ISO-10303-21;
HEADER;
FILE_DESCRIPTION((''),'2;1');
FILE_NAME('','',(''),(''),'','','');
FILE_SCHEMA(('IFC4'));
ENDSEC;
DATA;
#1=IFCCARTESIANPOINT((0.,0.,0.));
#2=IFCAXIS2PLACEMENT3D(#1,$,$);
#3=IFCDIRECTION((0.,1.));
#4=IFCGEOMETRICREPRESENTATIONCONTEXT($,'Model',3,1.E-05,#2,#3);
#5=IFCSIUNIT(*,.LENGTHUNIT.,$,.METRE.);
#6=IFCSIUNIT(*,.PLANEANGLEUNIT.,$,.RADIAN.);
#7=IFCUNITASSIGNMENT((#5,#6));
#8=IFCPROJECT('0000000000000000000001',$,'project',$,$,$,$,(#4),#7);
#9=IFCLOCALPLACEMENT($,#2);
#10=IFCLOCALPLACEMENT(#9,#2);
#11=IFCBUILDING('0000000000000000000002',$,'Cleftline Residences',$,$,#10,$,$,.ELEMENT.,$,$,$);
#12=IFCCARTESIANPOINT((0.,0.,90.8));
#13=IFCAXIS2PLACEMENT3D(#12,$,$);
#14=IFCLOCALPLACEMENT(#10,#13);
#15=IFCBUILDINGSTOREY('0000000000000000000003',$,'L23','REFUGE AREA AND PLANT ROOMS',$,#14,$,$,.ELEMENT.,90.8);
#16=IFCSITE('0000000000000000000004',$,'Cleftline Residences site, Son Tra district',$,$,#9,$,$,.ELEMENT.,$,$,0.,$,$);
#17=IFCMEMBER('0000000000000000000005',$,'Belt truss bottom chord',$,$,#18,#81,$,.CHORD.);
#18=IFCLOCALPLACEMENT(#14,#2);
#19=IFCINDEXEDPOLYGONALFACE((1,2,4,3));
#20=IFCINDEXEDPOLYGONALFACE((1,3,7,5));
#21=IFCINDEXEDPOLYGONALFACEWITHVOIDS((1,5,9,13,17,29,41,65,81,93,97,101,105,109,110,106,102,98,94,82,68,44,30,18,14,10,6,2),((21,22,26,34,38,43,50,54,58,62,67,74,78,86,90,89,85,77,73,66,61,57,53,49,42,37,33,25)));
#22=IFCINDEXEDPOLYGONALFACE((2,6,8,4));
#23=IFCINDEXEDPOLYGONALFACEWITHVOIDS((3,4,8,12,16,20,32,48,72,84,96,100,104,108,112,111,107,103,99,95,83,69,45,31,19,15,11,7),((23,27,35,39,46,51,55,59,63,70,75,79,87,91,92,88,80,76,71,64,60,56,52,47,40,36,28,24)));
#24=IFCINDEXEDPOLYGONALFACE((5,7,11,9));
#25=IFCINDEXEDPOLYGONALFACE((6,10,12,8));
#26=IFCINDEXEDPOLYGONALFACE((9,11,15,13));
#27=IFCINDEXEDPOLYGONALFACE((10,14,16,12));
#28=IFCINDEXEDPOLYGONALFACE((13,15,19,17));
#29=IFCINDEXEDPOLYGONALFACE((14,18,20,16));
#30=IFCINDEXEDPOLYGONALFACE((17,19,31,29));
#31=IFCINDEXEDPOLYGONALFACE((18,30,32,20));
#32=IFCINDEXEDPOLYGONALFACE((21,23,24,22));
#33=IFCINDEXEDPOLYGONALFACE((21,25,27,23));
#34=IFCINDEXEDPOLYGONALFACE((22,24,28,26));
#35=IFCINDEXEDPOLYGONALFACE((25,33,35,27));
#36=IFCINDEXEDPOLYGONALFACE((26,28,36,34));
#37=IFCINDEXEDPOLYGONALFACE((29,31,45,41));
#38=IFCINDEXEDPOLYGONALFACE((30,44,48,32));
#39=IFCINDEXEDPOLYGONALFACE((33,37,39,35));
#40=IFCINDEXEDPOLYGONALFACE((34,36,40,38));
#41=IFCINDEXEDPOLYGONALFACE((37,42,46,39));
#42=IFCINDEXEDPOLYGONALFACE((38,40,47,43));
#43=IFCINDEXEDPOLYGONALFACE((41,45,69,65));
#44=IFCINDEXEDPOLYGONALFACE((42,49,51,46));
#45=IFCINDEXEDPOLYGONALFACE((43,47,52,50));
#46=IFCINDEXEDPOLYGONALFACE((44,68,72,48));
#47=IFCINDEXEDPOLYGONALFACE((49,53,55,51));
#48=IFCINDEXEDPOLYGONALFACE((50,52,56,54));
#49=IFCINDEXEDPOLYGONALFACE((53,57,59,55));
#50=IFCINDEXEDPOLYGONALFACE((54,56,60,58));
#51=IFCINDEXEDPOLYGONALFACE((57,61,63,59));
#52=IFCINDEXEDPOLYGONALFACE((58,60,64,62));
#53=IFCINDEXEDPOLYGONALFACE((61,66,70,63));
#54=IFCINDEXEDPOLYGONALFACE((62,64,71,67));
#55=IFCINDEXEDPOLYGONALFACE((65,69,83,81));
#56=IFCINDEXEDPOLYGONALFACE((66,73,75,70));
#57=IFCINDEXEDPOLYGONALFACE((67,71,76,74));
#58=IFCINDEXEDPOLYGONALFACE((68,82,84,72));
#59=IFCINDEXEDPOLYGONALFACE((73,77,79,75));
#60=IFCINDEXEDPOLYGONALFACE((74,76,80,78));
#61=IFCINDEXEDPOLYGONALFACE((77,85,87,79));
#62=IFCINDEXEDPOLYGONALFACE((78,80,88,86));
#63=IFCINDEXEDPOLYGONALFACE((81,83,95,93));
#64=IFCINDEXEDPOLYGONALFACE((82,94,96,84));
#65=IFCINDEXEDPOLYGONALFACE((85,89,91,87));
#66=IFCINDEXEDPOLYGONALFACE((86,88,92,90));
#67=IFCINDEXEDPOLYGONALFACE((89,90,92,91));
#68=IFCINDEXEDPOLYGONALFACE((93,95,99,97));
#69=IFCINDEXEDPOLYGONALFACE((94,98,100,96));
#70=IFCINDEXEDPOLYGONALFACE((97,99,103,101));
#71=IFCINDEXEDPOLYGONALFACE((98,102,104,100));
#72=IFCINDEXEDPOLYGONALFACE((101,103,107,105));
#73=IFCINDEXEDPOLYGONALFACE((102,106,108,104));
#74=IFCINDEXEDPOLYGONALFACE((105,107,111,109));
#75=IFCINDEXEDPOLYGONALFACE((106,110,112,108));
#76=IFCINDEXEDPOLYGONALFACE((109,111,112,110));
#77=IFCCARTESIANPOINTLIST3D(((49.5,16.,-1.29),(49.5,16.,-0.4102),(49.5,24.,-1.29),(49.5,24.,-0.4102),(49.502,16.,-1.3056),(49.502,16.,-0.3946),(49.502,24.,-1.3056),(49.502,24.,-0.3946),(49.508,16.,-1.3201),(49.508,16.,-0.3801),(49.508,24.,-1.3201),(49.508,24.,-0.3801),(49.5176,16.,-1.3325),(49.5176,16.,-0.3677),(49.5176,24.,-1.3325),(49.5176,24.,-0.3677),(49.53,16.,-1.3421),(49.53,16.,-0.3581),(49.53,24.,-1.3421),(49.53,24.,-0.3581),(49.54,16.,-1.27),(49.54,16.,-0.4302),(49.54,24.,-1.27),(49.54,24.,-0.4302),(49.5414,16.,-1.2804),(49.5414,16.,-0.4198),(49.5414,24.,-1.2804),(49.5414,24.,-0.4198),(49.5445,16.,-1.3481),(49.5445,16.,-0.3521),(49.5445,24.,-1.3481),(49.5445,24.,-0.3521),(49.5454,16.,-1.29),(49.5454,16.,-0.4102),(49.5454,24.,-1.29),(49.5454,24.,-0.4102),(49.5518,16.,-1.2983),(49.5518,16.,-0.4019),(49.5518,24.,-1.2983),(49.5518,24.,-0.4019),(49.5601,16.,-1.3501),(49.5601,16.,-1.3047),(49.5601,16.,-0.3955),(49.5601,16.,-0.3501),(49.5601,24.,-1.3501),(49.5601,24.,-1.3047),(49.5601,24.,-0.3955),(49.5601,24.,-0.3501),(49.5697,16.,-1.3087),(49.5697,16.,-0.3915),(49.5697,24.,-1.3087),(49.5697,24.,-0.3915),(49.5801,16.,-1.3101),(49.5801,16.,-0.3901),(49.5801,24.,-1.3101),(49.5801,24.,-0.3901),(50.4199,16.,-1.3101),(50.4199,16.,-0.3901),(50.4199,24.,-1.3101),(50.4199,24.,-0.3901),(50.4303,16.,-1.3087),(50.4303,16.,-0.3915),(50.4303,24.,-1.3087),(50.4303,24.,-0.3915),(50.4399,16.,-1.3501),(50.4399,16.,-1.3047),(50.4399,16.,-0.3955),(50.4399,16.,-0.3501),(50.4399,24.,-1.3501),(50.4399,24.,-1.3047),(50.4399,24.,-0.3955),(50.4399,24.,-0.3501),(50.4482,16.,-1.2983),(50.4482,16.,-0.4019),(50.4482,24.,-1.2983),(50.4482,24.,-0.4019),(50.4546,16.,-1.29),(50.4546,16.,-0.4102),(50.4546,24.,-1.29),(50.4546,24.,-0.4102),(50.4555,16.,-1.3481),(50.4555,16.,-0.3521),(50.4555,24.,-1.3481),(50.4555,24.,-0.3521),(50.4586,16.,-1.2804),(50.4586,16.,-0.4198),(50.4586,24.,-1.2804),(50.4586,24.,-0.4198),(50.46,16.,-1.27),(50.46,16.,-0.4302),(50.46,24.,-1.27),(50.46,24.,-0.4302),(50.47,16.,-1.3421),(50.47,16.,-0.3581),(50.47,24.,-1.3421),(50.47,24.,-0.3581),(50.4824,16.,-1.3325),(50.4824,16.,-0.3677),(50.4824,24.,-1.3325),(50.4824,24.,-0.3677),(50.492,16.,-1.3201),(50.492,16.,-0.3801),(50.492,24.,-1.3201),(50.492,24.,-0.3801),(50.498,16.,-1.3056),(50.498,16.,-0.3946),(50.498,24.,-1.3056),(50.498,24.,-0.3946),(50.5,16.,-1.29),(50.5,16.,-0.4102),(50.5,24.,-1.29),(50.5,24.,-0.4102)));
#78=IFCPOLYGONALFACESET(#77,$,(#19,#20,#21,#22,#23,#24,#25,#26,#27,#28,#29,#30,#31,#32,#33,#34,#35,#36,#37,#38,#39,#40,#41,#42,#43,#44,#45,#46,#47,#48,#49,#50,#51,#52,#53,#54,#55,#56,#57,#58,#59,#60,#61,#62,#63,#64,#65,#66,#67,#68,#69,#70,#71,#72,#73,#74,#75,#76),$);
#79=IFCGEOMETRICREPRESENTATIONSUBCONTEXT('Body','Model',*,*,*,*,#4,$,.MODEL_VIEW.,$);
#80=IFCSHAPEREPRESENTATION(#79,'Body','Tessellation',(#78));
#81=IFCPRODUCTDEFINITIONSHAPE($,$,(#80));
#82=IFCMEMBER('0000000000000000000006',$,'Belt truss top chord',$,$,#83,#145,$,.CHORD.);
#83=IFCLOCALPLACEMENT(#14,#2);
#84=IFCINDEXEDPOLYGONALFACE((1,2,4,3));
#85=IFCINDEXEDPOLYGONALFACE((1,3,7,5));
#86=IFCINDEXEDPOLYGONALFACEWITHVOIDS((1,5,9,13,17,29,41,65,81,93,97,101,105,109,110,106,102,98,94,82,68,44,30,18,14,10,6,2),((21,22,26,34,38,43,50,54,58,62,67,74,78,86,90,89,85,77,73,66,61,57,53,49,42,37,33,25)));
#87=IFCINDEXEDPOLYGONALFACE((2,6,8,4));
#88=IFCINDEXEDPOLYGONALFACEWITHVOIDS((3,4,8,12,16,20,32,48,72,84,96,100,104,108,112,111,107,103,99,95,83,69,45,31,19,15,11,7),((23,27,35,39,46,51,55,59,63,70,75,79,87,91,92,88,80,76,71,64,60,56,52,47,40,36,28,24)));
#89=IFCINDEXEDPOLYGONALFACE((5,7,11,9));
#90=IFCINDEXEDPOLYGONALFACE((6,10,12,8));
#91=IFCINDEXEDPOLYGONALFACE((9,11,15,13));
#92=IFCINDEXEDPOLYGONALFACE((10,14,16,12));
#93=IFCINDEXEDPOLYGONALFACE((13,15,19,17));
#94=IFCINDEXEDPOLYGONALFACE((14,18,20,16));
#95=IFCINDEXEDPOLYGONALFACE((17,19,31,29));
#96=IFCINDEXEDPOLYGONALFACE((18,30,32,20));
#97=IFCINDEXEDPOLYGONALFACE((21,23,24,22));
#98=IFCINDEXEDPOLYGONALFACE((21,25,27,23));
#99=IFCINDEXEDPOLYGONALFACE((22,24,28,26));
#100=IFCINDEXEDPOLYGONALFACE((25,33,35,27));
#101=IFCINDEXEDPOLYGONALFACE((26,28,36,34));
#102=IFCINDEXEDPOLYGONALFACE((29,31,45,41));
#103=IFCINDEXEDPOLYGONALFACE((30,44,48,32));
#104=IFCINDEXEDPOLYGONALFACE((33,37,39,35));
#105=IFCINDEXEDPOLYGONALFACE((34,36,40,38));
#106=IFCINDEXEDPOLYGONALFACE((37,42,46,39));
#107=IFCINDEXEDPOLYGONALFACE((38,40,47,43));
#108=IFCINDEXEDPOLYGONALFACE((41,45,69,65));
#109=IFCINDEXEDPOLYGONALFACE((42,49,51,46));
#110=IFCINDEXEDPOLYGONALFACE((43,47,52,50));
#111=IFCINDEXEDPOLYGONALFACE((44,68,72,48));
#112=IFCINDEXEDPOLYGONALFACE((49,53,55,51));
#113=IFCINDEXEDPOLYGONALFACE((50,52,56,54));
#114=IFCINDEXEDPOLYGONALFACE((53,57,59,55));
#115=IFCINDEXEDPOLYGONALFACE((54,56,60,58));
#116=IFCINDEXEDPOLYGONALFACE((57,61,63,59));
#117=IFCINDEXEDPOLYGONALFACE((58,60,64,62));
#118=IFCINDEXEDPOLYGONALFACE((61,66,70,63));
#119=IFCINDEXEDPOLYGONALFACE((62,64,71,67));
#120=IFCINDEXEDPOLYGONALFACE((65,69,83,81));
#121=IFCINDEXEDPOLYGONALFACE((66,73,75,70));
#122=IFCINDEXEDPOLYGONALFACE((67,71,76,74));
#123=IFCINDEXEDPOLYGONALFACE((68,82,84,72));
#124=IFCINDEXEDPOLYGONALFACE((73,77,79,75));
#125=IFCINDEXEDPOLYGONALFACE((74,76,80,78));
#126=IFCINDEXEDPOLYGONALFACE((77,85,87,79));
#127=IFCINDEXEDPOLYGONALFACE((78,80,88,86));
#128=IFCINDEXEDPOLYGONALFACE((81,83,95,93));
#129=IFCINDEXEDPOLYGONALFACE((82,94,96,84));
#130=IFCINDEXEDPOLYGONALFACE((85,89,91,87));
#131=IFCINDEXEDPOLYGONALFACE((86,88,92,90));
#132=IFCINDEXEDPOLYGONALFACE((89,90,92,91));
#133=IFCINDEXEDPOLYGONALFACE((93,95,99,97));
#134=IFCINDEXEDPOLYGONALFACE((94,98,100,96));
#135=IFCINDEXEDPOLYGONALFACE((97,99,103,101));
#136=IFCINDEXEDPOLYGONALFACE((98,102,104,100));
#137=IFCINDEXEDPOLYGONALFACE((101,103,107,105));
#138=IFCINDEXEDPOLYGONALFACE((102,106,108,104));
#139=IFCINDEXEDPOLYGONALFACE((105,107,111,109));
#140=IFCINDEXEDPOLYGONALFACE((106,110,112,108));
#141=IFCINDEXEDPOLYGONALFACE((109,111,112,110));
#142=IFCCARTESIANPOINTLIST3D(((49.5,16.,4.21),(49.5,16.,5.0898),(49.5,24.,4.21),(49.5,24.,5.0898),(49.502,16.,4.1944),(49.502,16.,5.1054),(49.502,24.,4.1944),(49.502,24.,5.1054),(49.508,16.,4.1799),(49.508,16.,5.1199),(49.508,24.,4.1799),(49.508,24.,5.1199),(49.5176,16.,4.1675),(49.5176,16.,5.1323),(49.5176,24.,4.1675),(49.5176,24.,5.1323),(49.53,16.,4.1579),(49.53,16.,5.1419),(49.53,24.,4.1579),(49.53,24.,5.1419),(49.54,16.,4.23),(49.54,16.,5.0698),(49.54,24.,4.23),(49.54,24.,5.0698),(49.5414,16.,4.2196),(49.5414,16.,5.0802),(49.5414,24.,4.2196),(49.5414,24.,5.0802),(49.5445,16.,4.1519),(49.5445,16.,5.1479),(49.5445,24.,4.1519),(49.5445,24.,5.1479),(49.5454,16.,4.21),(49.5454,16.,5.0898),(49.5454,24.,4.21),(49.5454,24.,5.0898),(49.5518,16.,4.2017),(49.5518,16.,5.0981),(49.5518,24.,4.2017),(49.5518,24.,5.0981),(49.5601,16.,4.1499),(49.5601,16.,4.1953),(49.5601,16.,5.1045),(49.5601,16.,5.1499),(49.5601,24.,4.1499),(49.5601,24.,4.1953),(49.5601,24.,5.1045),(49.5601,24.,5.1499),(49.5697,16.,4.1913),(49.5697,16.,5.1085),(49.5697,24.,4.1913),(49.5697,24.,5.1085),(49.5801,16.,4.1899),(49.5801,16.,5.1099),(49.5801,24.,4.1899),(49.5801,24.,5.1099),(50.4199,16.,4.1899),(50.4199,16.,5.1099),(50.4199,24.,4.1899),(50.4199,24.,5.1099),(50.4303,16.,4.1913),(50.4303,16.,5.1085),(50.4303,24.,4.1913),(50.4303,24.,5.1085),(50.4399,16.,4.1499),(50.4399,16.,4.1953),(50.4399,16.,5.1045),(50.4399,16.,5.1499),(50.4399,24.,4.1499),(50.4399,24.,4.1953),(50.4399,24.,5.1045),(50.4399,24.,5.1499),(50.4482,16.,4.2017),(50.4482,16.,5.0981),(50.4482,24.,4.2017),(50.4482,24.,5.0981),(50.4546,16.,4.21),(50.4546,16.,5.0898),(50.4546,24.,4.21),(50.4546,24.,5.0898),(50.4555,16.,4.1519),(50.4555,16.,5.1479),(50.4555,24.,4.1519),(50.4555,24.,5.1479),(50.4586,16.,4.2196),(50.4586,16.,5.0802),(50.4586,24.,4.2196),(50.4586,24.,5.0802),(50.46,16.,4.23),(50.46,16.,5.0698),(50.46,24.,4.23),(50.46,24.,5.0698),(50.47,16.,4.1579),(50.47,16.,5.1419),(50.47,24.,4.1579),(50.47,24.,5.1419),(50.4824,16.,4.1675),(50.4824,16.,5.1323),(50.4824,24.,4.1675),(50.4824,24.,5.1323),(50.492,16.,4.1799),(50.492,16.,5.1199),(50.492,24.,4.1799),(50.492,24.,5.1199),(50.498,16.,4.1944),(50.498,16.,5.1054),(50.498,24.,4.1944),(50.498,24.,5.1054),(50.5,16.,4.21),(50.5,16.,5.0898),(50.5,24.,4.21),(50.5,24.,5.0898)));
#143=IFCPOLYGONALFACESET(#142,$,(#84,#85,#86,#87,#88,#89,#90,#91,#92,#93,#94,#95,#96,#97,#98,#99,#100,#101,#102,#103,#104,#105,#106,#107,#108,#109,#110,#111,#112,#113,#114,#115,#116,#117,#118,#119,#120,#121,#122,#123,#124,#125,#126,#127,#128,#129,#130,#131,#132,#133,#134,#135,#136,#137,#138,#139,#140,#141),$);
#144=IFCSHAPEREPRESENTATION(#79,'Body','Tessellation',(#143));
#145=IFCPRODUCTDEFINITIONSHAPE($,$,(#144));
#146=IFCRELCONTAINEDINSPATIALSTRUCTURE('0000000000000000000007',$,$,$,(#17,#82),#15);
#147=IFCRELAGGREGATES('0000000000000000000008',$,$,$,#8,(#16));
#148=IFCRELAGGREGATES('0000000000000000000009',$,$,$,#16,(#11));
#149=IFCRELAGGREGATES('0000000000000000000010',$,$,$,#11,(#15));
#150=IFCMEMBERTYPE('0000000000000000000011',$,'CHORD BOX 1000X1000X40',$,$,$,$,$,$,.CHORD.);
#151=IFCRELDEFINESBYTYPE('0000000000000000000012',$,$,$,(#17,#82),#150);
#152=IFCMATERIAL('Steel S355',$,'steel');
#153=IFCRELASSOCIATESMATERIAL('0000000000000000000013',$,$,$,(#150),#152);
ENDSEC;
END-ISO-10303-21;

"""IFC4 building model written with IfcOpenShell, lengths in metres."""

from ifc_helpers import new_model, si_unit, direction, frame, origin, origin_2d, place, context, subcontext, project, spatial, hollow_rectangle, extrude, material, material_profile, profile_set, type_object, element, save


model = new_model("IFC4")

# Units and contexts
model_context = context("Model", 3, precision=1e-05, world=origin(), true_north=direction((0.0, 1.0)))
body_context = subcontext(model_context, "Body", "Model", "MODEL_VIEW")
ifc_project = project(units=[si_unit("LENGTHUNIT", "METRE"), si_unit("PLANEANGLEUNIT", "RADIAN")], contexts=[model_context])

# Site, building, storey
site_placement = place(None, origin())
site = spatial("IfcSite", under=ifc_project, at=site_placement, Name="Cleftline Residences site, Son Tra district", CompositionType="ELEMENT", RefElevation=0.0)
building_placement = place(site_placement, origin())
building = spatial("IfcBuilding", under=site, at=building_placement, Name="Cleftline Residences", CompositionType="ELEMENT")
storey_placement = place(building_placement, frame((0.0, 0.0, 90.8)))
storey = spatial("IfcBuildingStorey", under=building, at=storey_placement, Name="L23", Description="REFUGE AREA AND PLANT ROOMS", CompositionType="ELEMENT", Elevation=90.8)

# Members
ifc_material_1 = material(Name="Steel S355", Category="steel")
ifc_material_profile_1 = material_profile(ifc_material_1, hollow_rectangle(XDim=1.0, YDim=1.0, WallThickness=0.04, InnerFilletRadius=0.04, OuterFilletRadius=0.0601, at=origin_2d()))
ifc_profile_set_1 = profile_set([ifc_material_profile_1], Name="Steel S355")
member_type_1 = type_object("IfcMemberType", Name="CHORD BOX 1000X1000X40", PredefinedType="CHORD", material=ifc_profile_set_1)
for number, where, z_axis, x_axis, name in (
    (1, (50.0, 16.0, -0.8501), (0.0, 1.0, 0.0), (-1.0, 0.0, 0.0), "Belt truss bottom chord"),
    (2, (50.0, 16.0, 4.6499), (0.0, 1.0, 0.0), (-1.0, 0.0, 0.0), "Belt truss top chord"),
):
    element("IfcMember", number, at=place(storey_placement, frame(where, z_axis=z_axis, x_axis=x_axis)), inside=storey, type_object=member_type_1, Name=name, PredefinedType="CHORD", context=body_context, shape_type="SweptSolid", body=[
        extrude(hollow_rectangle(XDim=1.0, YDim=1.0, WallThickness=0.04, InnerFilletRadius=0.04, OuterFilletRadius=0.0601, at=origin_2d()), origin(), (0.0, 0.0, 1.0), 8.0),
    ])

save(model, "model.ifc")
